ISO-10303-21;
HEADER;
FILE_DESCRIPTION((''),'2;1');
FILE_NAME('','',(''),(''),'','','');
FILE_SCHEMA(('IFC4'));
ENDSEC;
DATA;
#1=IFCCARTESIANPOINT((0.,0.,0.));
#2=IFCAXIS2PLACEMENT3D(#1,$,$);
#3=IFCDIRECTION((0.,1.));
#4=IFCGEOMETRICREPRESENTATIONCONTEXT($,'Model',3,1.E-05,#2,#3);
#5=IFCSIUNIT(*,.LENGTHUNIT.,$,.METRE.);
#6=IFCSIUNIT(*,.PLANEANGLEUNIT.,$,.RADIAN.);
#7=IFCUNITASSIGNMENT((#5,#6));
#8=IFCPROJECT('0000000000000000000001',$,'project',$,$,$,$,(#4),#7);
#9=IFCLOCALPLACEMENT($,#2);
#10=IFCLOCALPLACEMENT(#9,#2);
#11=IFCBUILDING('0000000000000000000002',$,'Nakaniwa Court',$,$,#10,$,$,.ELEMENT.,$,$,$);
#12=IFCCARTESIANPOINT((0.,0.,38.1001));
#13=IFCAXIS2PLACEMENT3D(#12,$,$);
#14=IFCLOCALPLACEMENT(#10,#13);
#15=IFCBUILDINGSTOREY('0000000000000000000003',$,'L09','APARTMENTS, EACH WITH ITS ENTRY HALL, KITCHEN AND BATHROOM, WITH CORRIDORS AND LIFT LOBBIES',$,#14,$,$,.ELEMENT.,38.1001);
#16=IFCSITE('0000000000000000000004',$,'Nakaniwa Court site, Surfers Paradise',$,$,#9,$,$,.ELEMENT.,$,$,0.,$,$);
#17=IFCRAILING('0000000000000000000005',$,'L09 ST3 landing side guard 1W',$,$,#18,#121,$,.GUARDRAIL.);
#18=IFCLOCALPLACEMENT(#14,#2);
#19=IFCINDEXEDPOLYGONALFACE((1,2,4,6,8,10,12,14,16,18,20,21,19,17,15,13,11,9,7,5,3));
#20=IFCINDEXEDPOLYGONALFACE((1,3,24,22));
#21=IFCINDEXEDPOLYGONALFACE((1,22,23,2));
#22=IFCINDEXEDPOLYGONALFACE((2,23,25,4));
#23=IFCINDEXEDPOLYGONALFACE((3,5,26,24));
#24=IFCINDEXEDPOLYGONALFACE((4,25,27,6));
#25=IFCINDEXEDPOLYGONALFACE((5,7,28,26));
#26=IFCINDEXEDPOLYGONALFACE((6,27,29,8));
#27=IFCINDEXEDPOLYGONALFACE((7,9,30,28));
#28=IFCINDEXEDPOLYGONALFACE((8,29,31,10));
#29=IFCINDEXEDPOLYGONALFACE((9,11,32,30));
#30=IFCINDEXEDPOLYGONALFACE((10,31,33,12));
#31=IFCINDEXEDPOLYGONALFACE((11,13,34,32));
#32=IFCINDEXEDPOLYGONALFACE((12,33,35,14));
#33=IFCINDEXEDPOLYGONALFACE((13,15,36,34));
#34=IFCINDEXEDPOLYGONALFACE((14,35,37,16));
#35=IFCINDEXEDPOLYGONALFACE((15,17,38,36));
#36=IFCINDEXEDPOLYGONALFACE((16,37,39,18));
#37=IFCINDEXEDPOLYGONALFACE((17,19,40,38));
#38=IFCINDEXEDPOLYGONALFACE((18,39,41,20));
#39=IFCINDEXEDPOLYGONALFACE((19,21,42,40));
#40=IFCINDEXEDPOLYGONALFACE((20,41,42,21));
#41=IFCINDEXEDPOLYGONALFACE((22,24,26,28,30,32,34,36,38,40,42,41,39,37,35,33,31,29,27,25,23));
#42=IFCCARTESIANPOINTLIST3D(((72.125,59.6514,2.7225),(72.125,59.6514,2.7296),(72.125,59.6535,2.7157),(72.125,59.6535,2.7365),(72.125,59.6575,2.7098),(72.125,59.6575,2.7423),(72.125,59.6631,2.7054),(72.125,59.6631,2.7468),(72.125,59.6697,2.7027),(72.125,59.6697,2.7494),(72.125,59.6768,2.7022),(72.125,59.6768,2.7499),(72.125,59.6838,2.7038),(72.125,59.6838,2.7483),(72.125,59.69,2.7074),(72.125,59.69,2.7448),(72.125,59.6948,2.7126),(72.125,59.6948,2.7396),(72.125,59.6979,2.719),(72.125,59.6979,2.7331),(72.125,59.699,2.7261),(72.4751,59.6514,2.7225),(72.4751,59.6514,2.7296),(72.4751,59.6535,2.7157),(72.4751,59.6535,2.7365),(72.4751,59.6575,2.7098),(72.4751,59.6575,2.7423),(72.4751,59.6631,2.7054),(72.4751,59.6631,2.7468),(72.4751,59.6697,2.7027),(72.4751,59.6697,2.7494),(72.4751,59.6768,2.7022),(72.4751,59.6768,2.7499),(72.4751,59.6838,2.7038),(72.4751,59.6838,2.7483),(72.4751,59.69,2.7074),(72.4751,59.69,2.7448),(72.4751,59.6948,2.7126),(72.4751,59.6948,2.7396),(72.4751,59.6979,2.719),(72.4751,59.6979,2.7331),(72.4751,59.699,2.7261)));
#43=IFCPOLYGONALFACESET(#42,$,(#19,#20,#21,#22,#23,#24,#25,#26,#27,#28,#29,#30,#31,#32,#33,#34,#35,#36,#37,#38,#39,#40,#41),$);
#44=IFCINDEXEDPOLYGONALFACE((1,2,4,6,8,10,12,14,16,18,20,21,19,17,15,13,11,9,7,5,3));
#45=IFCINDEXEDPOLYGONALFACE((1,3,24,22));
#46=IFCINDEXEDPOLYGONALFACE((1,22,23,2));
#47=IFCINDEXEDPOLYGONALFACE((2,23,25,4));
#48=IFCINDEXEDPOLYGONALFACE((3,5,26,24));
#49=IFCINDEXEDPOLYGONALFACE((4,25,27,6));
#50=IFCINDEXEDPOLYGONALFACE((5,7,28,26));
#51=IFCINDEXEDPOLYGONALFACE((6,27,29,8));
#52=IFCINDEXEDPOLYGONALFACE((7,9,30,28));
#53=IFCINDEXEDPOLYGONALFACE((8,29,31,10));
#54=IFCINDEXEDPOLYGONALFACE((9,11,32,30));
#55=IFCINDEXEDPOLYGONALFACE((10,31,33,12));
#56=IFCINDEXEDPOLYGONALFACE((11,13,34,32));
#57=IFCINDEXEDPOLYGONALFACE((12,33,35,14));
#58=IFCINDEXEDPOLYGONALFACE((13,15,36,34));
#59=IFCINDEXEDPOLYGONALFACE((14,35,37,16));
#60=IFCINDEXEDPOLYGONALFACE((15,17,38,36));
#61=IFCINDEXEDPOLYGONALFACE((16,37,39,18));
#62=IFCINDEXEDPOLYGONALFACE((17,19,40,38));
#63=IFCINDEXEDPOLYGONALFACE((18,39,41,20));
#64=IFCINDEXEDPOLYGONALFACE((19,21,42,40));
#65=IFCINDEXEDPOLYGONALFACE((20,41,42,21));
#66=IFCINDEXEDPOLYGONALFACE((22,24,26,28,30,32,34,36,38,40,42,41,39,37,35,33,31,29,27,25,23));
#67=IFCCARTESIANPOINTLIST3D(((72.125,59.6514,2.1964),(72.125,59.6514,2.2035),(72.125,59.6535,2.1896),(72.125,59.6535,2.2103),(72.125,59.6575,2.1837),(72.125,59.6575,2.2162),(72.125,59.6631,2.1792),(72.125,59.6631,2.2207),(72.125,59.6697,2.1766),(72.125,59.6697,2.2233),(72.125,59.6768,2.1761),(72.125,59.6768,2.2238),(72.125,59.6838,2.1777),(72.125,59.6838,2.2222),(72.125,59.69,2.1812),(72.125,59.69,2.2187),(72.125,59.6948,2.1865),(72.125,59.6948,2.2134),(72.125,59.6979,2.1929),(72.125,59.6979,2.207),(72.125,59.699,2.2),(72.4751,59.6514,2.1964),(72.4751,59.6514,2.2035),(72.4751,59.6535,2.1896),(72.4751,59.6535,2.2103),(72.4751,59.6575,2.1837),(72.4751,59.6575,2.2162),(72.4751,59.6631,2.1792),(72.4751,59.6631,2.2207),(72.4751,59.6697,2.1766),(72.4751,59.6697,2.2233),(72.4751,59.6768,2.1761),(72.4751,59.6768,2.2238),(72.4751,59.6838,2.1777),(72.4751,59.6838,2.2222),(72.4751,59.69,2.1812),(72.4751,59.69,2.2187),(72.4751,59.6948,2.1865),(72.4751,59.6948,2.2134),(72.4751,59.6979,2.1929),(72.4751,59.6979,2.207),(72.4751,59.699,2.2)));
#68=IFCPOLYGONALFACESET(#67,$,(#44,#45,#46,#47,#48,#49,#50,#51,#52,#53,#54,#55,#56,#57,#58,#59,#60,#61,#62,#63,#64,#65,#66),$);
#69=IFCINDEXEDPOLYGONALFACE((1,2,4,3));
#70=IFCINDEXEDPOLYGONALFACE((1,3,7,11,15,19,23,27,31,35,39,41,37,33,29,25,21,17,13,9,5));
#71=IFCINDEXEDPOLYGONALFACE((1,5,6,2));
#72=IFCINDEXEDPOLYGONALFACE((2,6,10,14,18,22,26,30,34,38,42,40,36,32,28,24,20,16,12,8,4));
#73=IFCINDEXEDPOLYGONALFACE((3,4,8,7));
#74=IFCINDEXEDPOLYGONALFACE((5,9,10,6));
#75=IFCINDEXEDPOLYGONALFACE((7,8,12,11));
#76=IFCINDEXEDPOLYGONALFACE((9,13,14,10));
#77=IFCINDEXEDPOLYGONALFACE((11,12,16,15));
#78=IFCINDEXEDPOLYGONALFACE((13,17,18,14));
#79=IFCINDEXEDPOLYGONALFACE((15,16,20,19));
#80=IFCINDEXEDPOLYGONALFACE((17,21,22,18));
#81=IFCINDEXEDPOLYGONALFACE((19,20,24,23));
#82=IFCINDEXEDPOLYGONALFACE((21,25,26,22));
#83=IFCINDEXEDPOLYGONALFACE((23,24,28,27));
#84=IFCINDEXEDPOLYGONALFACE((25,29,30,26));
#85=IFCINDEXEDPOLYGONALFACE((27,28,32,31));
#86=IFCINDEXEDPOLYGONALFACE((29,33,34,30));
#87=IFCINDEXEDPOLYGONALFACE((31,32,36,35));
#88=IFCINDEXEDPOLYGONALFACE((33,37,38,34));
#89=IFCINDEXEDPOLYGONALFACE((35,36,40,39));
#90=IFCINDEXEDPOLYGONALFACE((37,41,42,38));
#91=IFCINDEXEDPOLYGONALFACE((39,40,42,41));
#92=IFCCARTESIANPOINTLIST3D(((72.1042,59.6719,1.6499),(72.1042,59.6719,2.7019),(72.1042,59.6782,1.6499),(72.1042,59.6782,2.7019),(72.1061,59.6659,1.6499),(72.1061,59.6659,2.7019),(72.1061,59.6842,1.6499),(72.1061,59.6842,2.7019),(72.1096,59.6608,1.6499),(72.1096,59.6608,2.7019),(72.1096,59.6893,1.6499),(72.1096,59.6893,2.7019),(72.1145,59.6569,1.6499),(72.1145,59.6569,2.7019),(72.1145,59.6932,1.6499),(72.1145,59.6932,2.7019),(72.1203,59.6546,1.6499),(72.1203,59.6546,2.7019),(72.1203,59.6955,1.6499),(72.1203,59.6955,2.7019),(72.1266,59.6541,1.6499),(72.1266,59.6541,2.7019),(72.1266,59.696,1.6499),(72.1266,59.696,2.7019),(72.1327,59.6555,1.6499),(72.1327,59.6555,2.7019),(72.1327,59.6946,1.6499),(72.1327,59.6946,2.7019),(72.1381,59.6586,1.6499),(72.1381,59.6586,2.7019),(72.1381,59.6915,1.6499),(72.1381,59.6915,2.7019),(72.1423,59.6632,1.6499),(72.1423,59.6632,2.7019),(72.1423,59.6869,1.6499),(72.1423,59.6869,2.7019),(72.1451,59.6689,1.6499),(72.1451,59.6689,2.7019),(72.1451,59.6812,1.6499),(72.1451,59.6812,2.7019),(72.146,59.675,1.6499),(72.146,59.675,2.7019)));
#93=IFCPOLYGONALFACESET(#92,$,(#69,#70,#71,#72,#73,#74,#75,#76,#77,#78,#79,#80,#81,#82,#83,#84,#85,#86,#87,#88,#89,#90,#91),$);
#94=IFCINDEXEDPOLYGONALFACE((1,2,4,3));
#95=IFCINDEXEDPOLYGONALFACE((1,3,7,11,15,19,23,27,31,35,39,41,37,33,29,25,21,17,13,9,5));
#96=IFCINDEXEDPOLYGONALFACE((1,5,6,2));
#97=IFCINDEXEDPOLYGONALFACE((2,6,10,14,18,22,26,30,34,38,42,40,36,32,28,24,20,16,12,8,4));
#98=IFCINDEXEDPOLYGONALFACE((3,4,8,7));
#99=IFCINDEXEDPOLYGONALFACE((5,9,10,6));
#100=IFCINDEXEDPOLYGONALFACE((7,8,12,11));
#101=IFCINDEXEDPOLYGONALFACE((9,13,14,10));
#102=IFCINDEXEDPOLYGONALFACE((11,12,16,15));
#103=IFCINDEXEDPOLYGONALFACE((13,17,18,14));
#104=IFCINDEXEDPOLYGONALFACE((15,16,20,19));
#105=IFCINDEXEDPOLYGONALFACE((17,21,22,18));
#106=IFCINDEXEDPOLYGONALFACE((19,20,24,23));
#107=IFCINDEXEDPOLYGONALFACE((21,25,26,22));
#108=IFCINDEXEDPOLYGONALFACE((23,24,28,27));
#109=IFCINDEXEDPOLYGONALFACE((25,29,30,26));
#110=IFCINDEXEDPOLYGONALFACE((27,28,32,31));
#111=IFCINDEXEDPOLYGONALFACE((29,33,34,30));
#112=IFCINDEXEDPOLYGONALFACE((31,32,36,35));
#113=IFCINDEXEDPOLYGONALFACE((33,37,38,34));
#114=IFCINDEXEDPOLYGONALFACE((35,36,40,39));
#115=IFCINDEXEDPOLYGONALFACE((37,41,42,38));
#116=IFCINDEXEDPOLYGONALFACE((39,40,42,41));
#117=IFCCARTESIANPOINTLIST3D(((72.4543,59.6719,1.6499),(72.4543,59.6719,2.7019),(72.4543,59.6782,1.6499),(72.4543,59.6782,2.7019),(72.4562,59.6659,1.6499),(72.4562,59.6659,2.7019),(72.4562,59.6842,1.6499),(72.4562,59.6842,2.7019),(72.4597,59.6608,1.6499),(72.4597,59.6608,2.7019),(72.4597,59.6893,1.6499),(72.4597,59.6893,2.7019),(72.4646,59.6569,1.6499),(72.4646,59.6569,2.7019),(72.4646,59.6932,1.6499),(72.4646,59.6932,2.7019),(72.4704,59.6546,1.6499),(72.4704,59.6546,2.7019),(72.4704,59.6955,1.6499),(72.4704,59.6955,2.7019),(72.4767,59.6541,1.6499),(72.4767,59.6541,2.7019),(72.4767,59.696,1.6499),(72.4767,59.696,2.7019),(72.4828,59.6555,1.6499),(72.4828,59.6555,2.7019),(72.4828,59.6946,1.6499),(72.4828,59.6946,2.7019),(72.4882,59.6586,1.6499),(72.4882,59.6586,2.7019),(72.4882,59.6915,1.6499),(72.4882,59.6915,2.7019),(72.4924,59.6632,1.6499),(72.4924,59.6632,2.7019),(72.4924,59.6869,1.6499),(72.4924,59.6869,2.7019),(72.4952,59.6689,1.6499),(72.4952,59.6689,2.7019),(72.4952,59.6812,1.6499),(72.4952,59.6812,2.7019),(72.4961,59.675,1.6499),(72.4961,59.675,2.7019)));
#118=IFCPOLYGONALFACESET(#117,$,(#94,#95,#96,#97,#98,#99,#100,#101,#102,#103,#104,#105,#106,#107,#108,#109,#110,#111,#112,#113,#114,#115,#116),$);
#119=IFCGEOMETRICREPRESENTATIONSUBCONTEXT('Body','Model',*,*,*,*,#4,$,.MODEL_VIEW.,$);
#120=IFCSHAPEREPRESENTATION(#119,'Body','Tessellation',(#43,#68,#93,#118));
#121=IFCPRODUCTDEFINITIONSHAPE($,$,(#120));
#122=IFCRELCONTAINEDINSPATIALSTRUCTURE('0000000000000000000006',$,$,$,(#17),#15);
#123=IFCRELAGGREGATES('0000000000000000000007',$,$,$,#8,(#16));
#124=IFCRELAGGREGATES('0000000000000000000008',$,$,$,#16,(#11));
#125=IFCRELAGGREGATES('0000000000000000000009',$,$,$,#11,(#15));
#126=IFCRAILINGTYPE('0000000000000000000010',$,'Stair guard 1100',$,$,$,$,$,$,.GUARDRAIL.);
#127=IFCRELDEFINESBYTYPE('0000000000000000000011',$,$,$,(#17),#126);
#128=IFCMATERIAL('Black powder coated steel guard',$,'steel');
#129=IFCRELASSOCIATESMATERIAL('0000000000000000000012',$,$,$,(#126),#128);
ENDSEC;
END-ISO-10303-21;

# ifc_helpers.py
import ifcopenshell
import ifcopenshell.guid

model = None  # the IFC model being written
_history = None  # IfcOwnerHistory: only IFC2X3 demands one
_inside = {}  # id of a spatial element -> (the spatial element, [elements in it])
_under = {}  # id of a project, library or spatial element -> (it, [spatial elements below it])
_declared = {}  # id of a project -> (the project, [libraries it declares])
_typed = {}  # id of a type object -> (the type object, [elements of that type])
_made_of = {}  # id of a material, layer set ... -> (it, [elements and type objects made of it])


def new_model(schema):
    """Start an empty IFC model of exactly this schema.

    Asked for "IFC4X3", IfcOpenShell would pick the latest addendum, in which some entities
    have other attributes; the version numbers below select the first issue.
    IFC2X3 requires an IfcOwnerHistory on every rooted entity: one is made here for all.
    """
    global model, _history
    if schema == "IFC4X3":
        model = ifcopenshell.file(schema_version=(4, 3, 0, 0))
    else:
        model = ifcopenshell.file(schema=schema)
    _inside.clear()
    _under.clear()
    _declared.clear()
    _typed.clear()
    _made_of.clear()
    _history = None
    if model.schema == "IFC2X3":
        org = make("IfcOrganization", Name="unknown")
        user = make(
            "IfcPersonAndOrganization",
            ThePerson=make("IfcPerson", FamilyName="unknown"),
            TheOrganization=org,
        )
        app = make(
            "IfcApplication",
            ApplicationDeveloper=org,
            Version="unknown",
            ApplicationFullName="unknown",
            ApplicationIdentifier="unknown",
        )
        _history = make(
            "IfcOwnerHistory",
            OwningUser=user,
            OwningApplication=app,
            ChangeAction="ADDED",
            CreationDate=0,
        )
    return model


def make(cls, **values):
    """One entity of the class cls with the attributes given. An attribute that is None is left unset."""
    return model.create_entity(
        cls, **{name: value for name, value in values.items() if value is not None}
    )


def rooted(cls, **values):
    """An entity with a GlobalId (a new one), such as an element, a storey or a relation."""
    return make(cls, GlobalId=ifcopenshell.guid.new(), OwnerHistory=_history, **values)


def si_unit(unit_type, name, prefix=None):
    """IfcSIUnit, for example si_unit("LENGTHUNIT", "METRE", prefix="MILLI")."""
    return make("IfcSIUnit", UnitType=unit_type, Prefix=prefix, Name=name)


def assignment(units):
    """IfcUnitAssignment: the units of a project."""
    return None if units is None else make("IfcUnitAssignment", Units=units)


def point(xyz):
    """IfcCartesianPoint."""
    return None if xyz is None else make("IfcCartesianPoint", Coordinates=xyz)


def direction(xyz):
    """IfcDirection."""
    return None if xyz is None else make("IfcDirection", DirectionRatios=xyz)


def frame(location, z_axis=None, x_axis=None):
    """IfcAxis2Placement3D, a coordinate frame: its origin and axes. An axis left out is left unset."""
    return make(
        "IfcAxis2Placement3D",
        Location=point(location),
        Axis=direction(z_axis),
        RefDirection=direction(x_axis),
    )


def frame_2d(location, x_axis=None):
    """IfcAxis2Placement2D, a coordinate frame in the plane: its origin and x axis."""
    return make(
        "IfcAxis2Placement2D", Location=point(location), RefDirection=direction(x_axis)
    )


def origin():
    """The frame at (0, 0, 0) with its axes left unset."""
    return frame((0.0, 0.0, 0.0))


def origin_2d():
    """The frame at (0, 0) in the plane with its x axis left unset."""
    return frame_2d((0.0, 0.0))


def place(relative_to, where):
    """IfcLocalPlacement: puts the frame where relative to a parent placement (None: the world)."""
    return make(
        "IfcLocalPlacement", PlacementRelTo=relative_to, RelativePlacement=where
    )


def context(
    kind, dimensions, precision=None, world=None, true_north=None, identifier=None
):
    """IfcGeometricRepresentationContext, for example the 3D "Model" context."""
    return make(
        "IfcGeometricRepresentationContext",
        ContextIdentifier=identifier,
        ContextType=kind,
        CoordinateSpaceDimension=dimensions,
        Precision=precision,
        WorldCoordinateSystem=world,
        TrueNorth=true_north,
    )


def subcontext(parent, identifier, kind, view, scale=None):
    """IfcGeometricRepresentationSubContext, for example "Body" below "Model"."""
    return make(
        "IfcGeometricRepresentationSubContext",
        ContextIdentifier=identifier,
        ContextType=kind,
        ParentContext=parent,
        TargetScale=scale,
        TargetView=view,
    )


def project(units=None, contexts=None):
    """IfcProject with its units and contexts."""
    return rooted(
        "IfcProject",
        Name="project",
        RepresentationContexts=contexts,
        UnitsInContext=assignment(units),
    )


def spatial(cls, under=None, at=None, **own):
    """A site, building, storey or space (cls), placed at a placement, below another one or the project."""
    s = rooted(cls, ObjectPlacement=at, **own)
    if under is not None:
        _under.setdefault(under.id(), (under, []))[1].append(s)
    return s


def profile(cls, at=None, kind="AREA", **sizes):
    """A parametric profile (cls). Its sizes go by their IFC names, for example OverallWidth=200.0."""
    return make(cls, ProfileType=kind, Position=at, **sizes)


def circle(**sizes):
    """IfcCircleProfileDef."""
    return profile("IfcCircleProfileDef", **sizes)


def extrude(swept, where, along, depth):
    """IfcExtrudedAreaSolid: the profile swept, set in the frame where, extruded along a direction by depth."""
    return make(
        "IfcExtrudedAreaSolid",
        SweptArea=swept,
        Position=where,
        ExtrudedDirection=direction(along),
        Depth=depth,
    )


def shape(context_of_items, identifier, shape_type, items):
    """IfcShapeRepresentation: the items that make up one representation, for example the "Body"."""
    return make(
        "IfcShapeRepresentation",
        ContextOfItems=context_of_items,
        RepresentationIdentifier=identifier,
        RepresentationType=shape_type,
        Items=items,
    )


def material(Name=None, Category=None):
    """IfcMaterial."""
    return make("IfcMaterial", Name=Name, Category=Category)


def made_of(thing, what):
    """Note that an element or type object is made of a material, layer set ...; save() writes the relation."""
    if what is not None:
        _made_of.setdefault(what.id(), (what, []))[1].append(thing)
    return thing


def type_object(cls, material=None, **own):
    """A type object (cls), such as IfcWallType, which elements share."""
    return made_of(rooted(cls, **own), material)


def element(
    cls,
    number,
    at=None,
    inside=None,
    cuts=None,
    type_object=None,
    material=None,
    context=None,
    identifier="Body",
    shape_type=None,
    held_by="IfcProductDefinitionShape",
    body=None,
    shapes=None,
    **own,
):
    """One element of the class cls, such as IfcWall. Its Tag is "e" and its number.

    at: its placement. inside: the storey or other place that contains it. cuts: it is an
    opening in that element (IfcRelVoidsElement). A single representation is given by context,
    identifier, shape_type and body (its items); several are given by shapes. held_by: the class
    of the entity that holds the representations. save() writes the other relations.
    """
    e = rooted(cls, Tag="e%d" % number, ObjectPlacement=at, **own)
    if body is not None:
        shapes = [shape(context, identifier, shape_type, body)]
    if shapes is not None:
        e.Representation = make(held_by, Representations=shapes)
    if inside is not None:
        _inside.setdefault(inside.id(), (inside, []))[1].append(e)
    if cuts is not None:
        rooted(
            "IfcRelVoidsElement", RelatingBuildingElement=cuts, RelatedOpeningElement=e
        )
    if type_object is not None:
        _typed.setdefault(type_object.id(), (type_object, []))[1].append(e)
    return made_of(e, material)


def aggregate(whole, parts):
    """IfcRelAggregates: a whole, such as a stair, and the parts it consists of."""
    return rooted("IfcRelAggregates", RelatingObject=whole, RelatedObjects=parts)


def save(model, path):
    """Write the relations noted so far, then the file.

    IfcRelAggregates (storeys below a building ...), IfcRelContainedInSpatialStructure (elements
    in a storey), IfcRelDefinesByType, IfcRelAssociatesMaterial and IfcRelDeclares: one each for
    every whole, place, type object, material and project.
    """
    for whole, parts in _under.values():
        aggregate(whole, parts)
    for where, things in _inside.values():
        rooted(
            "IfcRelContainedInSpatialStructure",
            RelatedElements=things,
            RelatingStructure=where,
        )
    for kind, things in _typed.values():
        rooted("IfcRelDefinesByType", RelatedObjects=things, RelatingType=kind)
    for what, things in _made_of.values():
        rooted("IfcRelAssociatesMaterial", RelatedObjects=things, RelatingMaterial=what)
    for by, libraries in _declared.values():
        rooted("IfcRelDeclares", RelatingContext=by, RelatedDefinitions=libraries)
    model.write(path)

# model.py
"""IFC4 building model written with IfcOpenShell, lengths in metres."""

from ifc_helpers import new_model, si_unit, direction, frame, origin, origin_2d, place, context, subcontext, project, spatial, circle, extrude, material, type_object, element, save


model = new_model("IFC4")

# Units and contexts
model_context = context("Model", 3, precision=1e-05, world=origin(), true_north=direction((0.0, 1.0)))
body_context = subcontext(model_context, "Body", "Model", "MODEL_VIEW")
ifc_project = project(units=[si_unit("LENGTHUNIT", "METRE"), si_unit("PLANEANGLEUNIT", "RADIAN")], contexts=[model_context])

# Site, building, storey
site_placement = place(None, origin())
site = spatial("IfcSite", under=ifc_project, at=site_placement, Name="Nakaniwa Court site, Surfers Paradise", CompositionType="ELEMENT", RefElevation=0.0)
building_placement = place(site_placement, origin())
building = spatial("IfcBuilding", under=site, at=building_placement, Name="Nakaniwa Court", CompositionType="ELEMENT")
storey_placement = place(building_placement, frame((0.0, 0.0, 38.1001)))
storey = spatial("IfcBuildingStorey", under=building, at=storey_placement, Name="L09", Description="APARTMENTS, EACH WITH ITS ENTRY HALL, KITCHEN AND BATHROOM, WITH CORRIDORS AND LIFT LOBBIES", CompositionType="ELEMENT", Elevation=38.1001)

# Railing
ifc_material_1 = material(Name="Black powder coated steel guard", Category="steel")
railing_type_1 = type_object("IfcRailingType", Name="Stair guard 1100", PredefinedType="GUARDRAIL", material=ifc_material_1)
for number, where, name in (
    (1, (72.125, 59.675, 1.6499), "L09 ST3 landing side guard 1W"),
):
    element("IfcRailing", number, at=place(storey_placement, frame(where)), inside=storey, type_object=railing_type_1, Name=name, PredefinedType="GUARDRAIL", context=body_context, shape_type="SweptSolid", body=[
        extrude(circle(Radius=0.0239, at=origin_2d()), frame((0.0, 0.0, 1.0762), z_axis=(1.0, 0.0, 0.0), x_axis=(0.0, 1.0, 0.0)), (0.0, 0.0, 1.0), 0.3501),
        extrude(circle(Radius=0.0239, at=origin_2d()), frame((0.0, 0.0, 0.55), z_axis=(1.0, 0.0, 0.0), x_axis=(0.0, 1.0, 0.0)), (0.0, 0.0, 1.0), 0.3501),
        extrude(circle(Radius=0.021, at=origin_2d()), origin(), (0.0, 0.0, 1.0), 1.052),
        extrude(circle(Radius=0.021, at=origin_2d()), frame((0.3501, 0.0, 0.0)), (0.0, 0.0, 1.0), 1.052),
    ])

save(model, "model.ifc")
